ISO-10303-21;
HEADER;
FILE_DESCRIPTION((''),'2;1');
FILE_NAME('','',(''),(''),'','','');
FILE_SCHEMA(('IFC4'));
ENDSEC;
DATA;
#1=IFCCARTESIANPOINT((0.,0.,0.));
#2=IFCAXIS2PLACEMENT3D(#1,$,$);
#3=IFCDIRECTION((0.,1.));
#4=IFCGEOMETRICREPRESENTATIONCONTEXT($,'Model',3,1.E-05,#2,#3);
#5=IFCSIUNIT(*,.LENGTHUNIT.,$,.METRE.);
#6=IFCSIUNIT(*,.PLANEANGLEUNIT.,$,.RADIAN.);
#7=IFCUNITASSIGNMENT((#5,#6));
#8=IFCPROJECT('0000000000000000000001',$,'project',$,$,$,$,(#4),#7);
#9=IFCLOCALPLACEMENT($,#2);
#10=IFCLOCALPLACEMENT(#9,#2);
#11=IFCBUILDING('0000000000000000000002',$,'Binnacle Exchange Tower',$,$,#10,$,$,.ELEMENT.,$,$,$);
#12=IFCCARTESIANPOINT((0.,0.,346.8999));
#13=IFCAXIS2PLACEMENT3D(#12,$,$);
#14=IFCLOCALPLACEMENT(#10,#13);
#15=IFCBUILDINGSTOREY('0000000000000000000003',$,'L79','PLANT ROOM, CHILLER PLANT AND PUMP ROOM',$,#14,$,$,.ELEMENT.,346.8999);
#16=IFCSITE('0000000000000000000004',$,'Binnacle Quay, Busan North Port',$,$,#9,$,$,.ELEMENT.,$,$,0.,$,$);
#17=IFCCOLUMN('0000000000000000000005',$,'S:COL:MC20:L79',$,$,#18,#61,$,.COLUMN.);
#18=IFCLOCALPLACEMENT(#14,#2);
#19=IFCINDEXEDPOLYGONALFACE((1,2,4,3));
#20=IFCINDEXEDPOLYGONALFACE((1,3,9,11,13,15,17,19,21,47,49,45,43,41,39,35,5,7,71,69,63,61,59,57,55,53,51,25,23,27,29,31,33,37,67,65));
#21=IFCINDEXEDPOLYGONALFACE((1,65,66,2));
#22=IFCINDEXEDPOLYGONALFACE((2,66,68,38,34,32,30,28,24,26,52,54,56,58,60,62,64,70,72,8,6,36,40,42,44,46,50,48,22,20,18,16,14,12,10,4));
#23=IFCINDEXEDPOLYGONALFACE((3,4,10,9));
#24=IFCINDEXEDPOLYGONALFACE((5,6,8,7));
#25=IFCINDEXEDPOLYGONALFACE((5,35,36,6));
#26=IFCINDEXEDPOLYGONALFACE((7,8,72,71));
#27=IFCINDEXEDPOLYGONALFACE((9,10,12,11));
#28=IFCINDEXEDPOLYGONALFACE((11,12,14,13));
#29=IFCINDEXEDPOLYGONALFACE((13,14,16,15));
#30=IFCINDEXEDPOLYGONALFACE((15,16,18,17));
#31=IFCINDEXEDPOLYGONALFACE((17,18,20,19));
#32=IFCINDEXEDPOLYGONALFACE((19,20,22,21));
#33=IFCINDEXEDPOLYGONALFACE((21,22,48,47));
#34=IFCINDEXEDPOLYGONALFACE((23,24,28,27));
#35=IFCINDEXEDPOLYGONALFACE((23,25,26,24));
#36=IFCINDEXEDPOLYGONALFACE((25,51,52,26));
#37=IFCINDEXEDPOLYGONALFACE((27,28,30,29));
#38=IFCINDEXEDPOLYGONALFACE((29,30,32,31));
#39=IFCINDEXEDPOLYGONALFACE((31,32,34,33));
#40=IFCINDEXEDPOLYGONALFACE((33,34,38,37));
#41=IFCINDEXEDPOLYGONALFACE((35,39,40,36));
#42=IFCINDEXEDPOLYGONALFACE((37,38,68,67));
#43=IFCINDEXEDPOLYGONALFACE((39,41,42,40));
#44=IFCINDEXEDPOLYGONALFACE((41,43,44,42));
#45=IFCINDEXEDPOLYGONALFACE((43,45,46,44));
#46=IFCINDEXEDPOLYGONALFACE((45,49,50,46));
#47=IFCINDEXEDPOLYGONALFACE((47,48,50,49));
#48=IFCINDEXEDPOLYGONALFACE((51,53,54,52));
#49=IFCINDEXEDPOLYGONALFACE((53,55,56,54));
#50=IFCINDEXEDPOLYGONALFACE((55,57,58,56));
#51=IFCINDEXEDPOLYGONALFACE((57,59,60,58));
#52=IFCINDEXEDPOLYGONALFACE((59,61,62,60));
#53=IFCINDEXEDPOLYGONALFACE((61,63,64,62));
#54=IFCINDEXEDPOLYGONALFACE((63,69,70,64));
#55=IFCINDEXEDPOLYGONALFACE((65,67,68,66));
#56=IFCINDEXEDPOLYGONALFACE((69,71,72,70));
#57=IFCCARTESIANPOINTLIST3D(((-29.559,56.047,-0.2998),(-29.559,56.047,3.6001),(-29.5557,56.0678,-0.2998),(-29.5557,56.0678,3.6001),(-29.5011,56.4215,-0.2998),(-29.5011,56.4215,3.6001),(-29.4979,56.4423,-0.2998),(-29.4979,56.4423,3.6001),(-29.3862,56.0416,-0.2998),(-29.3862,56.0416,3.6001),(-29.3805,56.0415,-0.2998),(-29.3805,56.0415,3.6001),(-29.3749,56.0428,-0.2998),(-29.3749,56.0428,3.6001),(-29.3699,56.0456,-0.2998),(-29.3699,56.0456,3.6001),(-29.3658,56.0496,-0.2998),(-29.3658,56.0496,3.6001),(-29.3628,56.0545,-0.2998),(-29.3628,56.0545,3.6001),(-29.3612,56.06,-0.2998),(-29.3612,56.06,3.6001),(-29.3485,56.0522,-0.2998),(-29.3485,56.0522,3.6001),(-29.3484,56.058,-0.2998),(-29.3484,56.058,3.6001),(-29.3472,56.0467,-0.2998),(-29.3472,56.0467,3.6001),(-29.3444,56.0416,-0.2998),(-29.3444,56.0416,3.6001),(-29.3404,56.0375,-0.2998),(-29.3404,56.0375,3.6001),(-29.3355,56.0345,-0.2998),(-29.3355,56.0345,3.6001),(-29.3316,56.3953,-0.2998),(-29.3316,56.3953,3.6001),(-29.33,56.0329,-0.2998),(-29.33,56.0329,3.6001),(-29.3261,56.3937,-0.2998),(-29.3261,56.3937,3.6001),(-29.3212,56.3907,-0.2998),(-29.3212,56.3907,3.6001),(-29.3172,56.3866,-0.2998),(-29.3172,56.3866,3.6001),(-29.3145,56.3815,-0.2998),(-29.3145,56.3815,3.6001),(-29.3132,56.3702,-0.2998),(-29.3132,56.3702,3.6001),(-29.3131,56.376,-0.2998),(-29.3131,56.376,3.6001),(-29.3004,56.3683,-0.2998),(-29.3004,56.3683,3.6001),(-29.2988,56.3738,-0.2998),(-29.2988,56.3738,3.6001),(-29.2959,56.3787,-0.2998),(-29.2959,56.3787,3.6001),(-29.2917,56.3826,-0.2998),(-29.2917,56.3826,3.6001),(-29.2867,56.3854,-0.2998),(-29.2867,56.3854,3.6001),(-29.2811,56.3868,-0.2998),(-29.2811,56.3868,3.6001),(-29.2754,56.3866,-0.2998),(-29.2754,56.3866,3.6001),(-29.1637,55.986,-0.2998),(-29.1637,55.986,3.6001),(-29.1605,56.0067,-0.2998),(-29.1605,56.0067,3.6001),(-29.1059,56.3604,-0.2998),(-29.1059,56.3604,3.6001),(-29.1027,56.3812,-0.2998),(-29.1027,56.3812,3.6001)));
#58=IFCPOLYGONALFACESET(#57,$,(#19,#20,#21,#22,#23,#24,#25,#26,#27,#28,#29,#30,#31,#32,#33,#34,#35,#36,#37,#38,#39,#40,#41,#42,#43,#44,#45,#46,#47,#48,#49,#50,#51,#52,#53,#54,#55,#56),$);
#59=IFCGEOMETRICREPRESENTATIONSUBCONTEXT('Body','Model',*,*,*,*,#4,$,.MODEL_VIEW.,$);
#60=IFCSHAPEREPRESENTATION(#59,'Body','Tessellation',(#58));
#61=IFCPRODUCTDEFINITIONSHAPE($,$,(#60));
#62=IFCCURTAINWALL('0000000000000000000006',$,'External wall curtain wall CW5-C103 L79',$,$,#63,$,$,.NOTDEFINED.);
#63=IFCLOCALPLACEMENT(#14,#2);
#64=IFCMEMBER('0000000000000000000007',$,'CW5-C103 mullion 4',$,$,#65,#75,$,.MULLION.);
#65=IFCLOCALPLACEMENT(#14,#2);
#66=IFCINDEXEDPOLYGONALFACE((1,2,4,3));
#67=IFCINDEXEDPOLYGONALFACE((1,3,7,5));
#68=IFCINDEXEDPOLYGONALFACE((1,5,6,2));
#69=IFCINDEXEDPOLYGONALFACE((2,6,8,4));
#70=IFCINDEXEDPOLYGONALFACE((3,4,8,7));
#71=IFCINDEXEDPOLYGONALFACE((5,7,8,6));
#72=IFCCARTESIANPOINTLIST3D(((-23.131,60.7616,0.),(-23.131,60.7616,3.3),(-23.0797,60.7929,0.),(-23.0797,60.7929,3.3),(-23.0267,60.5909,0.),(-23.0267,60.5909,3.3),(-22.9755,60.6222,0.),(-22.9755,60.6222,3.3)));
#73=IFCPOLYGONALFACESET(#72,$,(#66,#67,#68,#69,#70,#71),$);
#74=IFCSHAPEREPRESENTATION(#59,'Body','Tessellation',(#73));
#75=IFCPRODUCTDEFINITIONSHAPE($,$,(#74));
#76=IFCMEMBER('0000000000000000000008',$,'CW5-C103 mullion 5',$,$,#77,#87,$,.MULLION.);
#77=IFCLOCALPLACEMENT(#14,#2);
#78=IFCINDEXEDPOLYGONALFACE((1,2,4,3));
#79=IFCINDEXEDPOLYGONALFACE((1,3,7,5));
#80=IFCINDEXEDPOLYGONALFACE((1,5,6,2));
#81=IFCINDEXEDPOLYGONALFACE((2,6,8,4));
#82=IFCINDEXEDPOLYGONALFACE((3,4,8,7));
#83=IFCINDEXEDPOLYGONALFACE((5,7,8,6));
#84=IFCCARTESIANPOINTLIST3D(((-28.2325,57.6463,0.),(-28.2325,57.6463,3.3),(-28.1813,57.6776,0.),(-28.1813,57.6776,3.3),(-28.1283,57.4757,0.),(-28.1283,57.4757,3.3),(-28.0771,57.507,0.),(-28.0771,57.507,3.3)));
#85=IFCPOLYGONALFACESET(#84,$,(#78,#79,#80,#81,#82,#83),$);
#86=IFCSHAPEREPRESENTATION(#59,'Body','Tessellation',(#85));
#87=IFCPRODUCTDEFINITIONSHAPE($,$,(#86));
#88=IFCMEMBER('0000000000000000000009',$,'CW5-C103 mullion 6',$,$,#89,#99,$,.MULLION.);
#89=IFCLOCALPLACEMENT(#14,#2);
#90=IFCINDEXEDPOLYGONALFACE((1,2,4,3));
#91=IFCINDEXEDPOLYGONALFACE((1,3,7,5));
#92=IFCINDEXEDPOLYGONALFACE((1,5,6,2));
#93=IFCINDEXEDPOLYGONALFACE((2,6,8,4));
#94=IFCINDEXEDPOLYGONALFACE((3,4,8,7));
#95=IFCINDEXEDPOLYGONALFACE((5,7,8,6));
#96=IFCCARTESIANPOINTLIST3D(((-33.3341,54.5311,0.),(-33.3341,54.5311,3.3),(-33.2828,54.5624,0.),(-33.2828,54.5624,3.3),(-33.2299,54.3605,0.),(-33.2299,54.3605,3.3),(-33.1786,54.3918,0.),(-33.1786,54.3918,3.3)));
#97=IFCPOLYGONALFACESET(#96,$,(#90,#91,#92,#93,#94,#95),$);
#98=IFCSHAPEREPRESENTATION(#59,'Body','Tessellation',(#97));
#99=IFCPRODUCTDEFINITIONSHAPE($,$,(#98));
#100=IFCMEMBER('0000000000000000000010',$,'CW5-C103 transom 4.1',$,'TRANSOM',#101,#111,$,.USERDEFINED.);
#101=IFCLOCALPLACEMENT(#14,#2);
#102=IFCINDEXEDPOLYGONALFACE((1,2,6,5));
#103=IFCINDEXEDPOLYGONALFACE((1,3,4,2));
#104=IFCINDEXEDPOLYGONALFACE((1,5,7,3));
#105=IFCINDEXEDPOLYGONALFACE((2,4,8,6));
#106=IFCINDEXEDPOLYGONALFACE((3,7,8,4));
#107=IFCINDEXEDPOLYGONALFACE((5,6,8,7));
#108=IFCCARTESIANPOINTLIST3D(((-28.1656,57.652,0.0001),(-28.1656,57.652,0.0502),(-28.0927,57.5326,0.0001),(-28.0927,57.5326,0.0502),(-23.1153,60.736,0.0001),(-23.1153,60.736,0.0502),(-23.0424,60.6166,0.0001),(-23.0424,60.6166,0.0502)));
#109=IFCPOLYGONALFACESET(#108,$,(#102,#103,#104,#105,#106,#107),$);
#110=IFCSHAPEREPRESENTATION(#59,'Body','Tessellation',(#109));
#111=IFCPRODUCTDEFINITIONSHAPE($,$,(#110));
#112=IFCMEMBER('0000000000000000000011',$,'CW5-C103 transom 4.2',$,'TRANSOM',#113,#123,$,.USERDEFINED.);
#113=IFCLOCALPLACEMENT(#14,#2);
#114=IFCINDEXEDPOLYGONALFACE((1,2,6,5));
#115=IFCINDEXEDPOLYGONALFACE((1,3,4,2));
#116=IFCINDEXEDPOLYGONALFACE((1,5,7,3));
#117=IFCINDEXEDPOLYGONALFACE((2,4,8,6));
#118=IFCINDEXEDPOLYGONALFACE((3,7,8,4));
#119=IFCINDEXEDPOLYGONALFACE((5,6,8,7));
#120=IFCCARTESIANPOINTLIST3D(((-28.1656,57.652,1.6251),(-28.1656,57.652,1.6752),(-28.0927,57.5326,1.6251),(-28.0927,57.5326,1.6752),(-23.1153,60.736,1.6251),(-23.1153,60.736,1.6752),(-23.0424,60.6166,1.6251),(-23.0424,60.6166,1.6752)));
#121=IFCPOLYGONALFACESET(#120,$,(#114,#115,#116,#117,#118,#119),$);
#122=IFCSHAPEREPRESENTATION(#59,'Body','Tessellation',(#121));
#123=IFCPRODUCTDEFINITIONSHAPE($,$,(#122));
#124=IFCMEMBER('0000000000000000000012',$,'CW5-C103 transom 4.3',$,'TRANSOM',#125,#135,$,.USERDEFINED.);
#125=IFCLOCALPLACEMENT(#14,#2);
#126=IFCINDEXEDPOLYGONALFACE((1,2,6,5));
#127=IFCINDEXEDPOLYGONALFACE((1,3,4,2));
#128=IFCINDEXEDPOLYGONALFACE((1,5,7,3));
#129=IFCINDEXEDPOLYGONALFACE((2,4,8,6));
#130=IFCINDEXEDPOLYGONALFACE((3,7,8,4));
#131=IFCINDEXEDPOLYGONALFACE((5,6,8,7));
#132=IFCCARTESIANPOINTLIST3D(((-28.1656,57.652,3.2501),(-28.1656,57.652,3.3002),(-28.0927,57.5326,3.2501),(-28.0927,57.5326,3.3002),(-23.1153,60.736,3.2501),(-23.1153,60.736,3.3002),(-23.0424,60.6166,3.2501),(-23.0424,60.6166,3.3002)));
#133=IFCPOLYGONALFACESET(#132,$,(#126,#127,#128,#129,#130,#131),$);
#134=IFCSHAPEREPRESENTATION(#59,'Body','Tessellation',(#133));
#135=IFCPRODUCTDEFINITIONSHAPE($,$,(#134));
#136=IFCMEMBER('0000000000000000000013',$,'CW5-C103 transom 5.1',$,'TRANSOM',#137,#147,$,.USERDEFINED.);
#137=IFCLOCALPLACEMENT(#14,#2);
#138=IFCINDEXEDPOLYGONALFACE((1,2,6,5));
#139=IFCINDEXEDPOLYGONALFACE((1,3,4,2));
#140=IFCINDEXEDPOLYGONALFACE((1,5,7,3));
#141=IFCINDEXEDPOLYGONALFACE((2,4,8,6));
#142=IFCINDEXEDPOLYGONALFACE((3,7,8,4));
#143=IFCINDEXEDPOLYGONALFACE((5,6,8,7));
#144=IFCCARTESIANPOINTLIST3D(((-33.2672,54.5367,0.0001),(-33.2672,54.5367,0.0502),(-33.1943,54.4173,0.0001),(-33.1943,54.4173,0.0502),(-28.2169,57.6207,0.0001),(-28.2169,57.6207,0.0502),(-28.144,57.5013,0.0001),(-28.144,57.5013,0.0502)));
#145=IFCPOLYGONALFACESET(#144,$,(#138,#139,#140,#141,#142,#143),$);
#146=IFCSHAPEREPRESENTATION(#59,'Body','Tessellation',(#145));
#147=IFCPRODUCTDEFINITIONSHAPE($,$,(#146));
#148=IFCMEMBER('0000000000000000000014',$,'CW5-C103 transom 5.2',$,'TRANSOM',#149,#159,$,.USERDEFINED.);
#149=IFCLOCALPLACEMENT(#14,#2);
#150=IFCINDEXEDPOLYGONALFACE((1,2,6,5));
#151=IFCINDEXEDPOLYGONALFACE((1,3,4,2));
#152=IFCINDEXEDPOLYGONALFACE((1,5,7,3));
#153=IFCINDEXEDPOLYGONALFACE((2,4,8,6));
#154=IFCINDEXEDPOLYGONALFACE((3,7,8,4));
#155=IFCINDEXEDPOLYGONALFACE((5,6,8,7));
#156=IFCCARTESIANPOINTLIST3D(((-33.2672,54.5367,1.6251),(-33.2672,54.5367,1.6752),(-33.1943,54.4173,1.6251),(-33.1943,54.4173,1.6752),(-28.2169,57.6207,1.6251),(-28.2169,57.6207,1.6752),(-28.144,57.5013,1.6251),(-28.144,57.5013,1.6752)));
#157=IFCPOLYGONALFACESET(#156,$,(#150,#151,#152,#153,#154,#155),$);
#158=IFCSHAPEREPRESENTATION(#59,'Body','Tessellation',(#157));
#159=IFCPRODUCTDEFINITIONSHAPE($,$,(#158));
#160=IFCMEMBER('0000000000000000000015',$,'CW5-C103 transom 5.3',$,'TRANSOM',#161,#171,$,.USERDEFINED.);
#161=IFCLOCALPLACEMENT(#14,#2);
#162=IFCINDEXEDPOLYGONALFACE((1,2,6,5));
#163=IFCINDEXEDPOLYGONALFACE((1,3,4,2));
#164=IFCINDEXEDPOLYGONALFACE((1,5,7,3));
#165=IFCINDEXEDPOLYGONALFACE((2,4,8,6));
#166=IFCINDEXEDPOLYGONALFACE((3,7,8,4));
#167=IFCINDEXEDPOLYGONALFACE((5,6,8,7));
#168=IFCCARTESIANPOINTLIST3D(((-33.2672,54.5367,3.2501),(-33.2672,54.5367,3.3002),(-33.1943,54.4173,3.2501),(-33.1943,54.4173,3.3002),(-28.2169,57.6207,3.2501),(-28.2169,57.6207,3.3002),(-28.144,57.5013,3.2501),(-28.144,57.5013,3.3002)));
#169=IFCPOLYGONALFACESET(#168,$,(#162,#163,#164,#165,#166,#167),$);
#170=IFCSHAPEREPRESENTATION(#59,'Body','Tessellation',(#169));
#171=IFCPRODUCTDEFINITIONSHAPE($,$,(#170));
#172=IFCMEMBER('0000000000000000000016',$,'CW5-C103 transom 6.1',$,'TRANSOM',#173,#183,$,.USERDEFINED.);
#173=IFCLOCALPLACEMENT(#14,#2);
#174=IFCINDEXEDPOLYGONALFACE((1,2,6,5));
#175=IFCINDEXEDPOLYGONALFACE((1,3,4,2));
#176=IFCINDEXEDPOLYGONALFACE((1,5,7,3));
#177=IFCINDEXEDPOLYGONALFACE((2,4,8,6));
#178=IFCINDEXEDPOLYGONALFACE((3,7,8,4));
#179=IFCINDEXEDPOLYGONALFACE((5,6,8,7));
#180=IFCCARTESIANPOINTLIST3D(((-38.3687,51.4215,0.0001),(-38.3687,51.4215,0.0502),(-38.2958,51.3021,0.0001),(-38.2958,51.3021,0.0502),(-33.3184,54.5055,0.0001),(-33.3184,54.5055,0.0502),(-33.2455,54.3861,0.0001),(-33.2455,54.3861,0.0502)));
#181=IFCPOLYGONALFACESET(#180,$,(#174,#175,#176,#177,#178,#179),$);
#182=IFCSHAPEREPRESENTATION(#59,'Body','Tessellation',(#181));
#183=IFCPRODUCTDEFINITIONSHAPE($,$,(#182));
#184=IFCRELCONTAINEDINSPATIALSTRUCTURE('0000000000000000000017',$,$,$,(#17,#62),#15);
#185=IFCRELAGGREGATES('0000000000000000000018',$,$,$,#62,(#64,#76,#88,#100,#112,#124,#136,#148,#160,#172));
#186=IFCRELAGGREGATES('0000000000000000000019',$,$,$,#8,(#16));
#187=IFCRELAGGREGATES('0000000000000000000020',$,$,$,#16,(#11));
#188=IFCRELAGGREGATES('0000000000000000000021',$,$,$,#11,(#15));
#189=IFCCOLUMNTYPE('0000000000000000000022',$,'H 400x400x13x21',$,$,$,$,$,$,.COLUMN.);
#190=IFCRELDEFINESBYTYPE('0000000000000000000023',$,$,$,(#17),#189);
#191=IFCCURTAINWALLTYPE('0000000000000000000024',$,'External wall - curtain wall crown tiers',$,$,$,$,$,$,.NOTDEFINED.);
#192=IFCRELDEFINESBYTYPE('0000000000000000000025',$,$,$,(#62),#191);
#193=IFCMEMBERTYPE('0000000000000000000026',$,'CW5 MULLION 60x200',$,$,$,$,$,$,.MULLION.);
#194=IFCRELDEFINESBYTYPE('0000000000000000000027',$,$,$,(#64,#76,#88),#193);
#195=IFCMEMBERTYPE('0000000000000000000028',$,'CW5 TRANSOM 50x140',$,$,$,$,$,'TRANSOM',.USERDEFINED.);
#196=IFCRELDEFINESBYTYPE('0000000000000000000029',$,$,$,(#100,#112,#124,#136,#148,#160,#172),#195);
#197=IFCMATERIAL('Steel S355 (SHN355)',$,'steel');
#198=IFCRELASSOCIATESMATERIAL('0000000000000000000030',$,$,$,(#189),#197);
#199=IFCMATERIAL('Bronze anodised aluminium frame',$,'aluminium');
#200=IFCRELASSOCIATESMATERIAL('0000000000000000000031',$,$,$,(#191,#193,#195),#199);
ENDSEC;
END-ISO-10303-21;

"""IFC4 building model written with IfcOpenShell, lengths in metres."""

from ifc_helpers import new_model, si_unit, direction, frame, origin, origin_2d, place, context, subcontext, project, spatial, rectangle, i_section, extrude, material, material_profile, profile_set, type_object, element, aggregate, save


model = new_model("IFC4")

# Units and contexts
model_context = context("Model", 3, precision=1e-05, world=origin(), true_north=direction((0.0, 1.0)))
body_context = subcontext(model_context, "Body", "Model", "MODEL_VIEW")
ifc_project = project(units=[si_unit("LENGTHUNIT", "METRE"), si_unit("PLANEANGLEUNIT", "RADIAN")], contexts=[model_context])

# Site, building, storey
site_placement = place(None, origin())
site = spatial("IfcSite", under=ifc_project, at=site_placement, Name="Binnacle Quay, Busan North Port", CompositionType="ELEMENT", RefElevation=0.0)
building_placement = place(site_placement, origin())
building = spatial("IfcBuilding", under=site, at=building_placement, Name="Binnacle Exchange Tower", CompositionType="ELEMENT")
storey_placement = place(building_placement, frame((0.0, 0.0, 346.8999)))
storey = spatial("IfcBuildingStorey", under=building, at=storey_placement, Name="L79", Description="PLANT ROOM, CHILLER PLANT AND PUMP ROOM", CompositionType="ELEMENT", Elevation=346.8999)

# Column
ifc_material_1 = material(Name="Steel S355 (SHN355)", Category="steel")
ifc_material_profile_1 = material_profile(ifc_material_1, i_section(OverallWidth=0.3999, OverallDepth=0.3999, WebThickness=0.0129, FlangeThickness=0.021, FilletRadius=0.022, at=origin_2d()), Name="H 400x400x13x21")
ifc_profile_set_1 = profile_set([ifc_material_profile_1], Name="Steel S355 (SHN355)")
column_type = type_object("IfcColumnType", Name="H 400x400x13x21", PredefinedType="COLUMN", material=ifc_profile_set_1)
column_placement = place(storey_placement, frame((-29.3308, 56.2141, -0.2998), z_axis=(0.0, 0.0, 1.0), x_axis=(-0.988271, 0.15271, 0.0)))
element("IfcColumn", 1, at=column_placement, inside=storey, type_object=column_type, Name="S:COL:MC20:L79", PredefinedType="COLUMN", context=body_context, shape_type="SweptSolid", body=[
    extrude(i_section(OverallWidth=0.3999, OverallDepth=0.3999, WebThickness=0.0129, FlangeThickness=0.021, FilletRadius=0.022, at=origin_2d()), origin(), (0.0, 0.0, 1.0), 3.8999),
])

# Curtain wall, members
ifc_material_2 = material(Name="Bronze anodised aluminium frame", Category="aluminium")
curtain_wall_type = type_object("IfcCurtainWallType", Name="External wall - curtain wall crown tiers", PredefinedType="NOTDEFINED", material=ifc_material_2)
curtain_wall_placement = place(storey_placement, origin())
curtain_wall = element("IfcCurtainWall", 2, at=curtain_wall_placement, inside=storey, type_object=curtain_wall_type, Name="External wall curtain wall CW5-C103 L79", PredefinedType="NOTDEFINED")
ifc_material_profile_2 = material_profile(ifc_material_2, rectangle(XDim=0.2, YDim=0.0601, at=origin_2d()), Name="AL 60x200")
ifc_profile_set_2 = profile_set([ifc_material_profile_2], Name="Bronze anodised aluminium frame")
member_type_1 = type_object("IfcMemberType", Name="CW5 MULLION 60x200", PredefinedType="MULLION", material=ifc_profile_set_2)
member_1_placement = place(storey_placement, frame((-23.0532, 60.6919, 0.0), z_axis=(0.0, 0.0, 1.0), x_axis=(0.521157, -0.853461, 0.0)))
member_1 = element("IfcMember", 3, at=member_1_placement, type_object=member_type_1, Name="CW5-C103 mullion 4", PredefinedType="MULLION", context=body_context, shape_type="SweptSolid", body=[
    extrude(rectangle(XDim=0.2, YDim=0.0601, at=origin_2d()), origin(), (0.0, 0.0, 1.0), 3.3),
])
member_2_placement = place(storey_placement, frame((-28.1548, 57.5767, 0.0), z_axis=(0.0, 0.0, 1.0), x_axis=(0.521157, -0.853461, 0.0)))
member_2 = element("IfcMember", 4, at=member_2_placement, type_object=member_type_1, Name="CW5-C103 mullion 5", PredefinedType="MULLION", context=body_context, shape_type="SweptSolid", body=[
    extrude(rectangle(XDim=0.2, YDim=0.0601, at=origin_2d()), origin(), (0.0, 0.0, 1.0), 3.3),
])
member_3_placement = place(storey_placement, frame((-33.2563, 54.4614, 0.0), z_axis=(0.0, 0.0, 1.0), x_axis=(0.521157, -0.853461, 0.0)))
member_3 = element("IfcMember", 5, at=member_3_placement, type_object=member_type_1, Name="CW5-C103 mullion 6", PredefinedType="MULLION", context=body_context, shape_type="SweptSolid", body=[
    extrude(rectangle(XDim=0.2, YDim=0.0601, at=origin_2d()), origin(), (0.0, 0.0, 1.0), 3.3),
])
ifc_material_profile_3 = material_profile(ifc_material_2, rectangle(XDim=0.1399, YDim=0.05, at=origin_2d()), Name="AL 140x50")
ifc_profile_set_3 = profile_set([ifc_material_profile_3], Name="Bronze anodised aluminium frame")
member_type_2 = type_object("IfcMemberType", Name="CW5 TRANSOM 50x140", ElementType="TRANSOM", PredefinedType="USERDEFINED", material=ifc_profile_set_3)
member_4_placement = place(storey_placement, frame((-23.0789, 60.6763, 0.0251), z_axis=(-0.853455, -0.521166, 0.0), x_axis=(0.521166, -0.853455, 0.0)))
member_4 = element("IfcMember", 6, at=member_4_placement, type_object=member_type_2, Name="CW5-C103 transom 4.1", ObjectType="TRANSOM", PredefinedType="USERDEFINED", context=body_context, shape_type="SweptSolid", body=[
    extrude(rectangle(XDim=0.1399, YDim=0.05, at=origin_2d()), origin(), (0.0, 0.0, 1.0), 5.9175),
])
member_5_placement = place(storey_placement, frame((-23.0789, 60.6763, 1.6501), z_axis=(-0.853455, -0.521166, 0.0), x_axis=(0.521166, -0.853455, 0.0)))
member_5 = element("IfcMember", 7, at=member_5_placement, type_object=member_type_2, Name="CW5-C103 transom 4.2", ObjectType="TRANSOM", PredefinedType="USERDEFINED", context=body_context, shape_type="SweptSolid", body=[
    extrude(rectangle(XDim=0.1399, YDim=0.05, at=origin_2d()), origin(), (0.0, 0.0, 1.0), 5.9175),
])
member_6_placement = place(storey_placement, frame((-23.0789, 60.6763, 3.2751), z_axis=(-0.853455, -0.521166, 0.0), x_axis=(0.521166, -0.853455, 0.0)))
member_6 = element("IfcMember", 8, at=member_6_placement, type_object=member_type_2, Name="CW5-C103 transom 4.3", ObjectType="TRANSOM", PredefinedType="USERDEFINED", context=body_context, shape_type="SweptSolid", body=[
    extrude(rectangle(XDim=0.1399, YDim=0.05, at=origin_2d()), origin(), (0.0, 0.0, 1.0), 5.9175),
])
member_7_placement = place(storey_placement, frame((-28.1804, 57.561, 0.0251), z_axis=(-0.853455, -0.521166, 0.0), x_axis=(0.521166, -0.853455, 0.0)))
member_7 = element("IfcMember", 9, at=member_7_placement, type_object=member_type_2, Name="CW5-C103 transom 5.1", ObjectType="TRANSOM", PredefinedType="USERDEFINED", context=body_context, shape_type="SweptSolid", body=[
    extrude(rectangle(XDim=0.1399, YDim=0.05, at=origin_2d()), origin(), (0.0, 0.0, 1.0), 5.9175),
])
member_8_placement = place(storey_placement, frame((-28.1804, 57.561, 1.6501), z_axis=(-0.853455, -0.521166, 0.0), x_axis=(0.521166, -0.853455, 0.0)))
member_8 = element("IfcMember", 10, at=member_8_placement, type_object=member_type_2, Name="CW5-C103 transom 5.2", ObjectType="TRANSOM", PredefinedType="USERDEFINED", context=body_context, shape_type="SweptSolid", body=[
    extrude(rectangle(XDim=0.1399, YDim=0.05, at=origin_2d()), origin(), (0.0, 0.0, 1.0), 5.9175),
])
member_9_placement = place(storey_placement, frame((-28.1804, 57.561, 3.2751), z_axis=(-0.853455, -0.521166, 0.0), x_axis=(0.521166, -0.853455, 0.0)))
member_9 = element("IfcMember", 11, at=member_9_placement, type_object=member_type_2, Name="CW5-C103 transom 5.3", ObjectType="TRANSOM", PredefinedType="USERDEFINED", context=body_context, shape_type="SweptSolid", body=[
    extrude(rectangle(XDim=0.1399, YDim=0.05, at=origin_2d()), origin(), (0.0, 0.0, 1.0), 5.9175),
])
member_10_placement = place(storey_placement, frame((-33.282, 54.4458, 0.0251), z_axis=(-0.853455, -0.521166, 0.0), x_axis=(0.521166, -0.853455, 0.0)))
member_10 = element("IfcMember", 12, at=member_10_placement, type_object=member_type_2, Name="CW5-C103 transom 6.1", ObjectType="TRANSOM", PredefinedType="USERDEFINED", context=body_context, shape_type="SweptSolid", body=[
    extrude(rectangle(XDim=0.1399, YDim=0.05, at=origin_2d()), origin(), (0.0, 0.0, 1.0), 5.9175),
])

aggregate(curtain_wall, [member_1, member_2, member_3, member_4, member_5, member_6, member_7, member_8, member_9, member_10])

save(model, "model.ifc")
